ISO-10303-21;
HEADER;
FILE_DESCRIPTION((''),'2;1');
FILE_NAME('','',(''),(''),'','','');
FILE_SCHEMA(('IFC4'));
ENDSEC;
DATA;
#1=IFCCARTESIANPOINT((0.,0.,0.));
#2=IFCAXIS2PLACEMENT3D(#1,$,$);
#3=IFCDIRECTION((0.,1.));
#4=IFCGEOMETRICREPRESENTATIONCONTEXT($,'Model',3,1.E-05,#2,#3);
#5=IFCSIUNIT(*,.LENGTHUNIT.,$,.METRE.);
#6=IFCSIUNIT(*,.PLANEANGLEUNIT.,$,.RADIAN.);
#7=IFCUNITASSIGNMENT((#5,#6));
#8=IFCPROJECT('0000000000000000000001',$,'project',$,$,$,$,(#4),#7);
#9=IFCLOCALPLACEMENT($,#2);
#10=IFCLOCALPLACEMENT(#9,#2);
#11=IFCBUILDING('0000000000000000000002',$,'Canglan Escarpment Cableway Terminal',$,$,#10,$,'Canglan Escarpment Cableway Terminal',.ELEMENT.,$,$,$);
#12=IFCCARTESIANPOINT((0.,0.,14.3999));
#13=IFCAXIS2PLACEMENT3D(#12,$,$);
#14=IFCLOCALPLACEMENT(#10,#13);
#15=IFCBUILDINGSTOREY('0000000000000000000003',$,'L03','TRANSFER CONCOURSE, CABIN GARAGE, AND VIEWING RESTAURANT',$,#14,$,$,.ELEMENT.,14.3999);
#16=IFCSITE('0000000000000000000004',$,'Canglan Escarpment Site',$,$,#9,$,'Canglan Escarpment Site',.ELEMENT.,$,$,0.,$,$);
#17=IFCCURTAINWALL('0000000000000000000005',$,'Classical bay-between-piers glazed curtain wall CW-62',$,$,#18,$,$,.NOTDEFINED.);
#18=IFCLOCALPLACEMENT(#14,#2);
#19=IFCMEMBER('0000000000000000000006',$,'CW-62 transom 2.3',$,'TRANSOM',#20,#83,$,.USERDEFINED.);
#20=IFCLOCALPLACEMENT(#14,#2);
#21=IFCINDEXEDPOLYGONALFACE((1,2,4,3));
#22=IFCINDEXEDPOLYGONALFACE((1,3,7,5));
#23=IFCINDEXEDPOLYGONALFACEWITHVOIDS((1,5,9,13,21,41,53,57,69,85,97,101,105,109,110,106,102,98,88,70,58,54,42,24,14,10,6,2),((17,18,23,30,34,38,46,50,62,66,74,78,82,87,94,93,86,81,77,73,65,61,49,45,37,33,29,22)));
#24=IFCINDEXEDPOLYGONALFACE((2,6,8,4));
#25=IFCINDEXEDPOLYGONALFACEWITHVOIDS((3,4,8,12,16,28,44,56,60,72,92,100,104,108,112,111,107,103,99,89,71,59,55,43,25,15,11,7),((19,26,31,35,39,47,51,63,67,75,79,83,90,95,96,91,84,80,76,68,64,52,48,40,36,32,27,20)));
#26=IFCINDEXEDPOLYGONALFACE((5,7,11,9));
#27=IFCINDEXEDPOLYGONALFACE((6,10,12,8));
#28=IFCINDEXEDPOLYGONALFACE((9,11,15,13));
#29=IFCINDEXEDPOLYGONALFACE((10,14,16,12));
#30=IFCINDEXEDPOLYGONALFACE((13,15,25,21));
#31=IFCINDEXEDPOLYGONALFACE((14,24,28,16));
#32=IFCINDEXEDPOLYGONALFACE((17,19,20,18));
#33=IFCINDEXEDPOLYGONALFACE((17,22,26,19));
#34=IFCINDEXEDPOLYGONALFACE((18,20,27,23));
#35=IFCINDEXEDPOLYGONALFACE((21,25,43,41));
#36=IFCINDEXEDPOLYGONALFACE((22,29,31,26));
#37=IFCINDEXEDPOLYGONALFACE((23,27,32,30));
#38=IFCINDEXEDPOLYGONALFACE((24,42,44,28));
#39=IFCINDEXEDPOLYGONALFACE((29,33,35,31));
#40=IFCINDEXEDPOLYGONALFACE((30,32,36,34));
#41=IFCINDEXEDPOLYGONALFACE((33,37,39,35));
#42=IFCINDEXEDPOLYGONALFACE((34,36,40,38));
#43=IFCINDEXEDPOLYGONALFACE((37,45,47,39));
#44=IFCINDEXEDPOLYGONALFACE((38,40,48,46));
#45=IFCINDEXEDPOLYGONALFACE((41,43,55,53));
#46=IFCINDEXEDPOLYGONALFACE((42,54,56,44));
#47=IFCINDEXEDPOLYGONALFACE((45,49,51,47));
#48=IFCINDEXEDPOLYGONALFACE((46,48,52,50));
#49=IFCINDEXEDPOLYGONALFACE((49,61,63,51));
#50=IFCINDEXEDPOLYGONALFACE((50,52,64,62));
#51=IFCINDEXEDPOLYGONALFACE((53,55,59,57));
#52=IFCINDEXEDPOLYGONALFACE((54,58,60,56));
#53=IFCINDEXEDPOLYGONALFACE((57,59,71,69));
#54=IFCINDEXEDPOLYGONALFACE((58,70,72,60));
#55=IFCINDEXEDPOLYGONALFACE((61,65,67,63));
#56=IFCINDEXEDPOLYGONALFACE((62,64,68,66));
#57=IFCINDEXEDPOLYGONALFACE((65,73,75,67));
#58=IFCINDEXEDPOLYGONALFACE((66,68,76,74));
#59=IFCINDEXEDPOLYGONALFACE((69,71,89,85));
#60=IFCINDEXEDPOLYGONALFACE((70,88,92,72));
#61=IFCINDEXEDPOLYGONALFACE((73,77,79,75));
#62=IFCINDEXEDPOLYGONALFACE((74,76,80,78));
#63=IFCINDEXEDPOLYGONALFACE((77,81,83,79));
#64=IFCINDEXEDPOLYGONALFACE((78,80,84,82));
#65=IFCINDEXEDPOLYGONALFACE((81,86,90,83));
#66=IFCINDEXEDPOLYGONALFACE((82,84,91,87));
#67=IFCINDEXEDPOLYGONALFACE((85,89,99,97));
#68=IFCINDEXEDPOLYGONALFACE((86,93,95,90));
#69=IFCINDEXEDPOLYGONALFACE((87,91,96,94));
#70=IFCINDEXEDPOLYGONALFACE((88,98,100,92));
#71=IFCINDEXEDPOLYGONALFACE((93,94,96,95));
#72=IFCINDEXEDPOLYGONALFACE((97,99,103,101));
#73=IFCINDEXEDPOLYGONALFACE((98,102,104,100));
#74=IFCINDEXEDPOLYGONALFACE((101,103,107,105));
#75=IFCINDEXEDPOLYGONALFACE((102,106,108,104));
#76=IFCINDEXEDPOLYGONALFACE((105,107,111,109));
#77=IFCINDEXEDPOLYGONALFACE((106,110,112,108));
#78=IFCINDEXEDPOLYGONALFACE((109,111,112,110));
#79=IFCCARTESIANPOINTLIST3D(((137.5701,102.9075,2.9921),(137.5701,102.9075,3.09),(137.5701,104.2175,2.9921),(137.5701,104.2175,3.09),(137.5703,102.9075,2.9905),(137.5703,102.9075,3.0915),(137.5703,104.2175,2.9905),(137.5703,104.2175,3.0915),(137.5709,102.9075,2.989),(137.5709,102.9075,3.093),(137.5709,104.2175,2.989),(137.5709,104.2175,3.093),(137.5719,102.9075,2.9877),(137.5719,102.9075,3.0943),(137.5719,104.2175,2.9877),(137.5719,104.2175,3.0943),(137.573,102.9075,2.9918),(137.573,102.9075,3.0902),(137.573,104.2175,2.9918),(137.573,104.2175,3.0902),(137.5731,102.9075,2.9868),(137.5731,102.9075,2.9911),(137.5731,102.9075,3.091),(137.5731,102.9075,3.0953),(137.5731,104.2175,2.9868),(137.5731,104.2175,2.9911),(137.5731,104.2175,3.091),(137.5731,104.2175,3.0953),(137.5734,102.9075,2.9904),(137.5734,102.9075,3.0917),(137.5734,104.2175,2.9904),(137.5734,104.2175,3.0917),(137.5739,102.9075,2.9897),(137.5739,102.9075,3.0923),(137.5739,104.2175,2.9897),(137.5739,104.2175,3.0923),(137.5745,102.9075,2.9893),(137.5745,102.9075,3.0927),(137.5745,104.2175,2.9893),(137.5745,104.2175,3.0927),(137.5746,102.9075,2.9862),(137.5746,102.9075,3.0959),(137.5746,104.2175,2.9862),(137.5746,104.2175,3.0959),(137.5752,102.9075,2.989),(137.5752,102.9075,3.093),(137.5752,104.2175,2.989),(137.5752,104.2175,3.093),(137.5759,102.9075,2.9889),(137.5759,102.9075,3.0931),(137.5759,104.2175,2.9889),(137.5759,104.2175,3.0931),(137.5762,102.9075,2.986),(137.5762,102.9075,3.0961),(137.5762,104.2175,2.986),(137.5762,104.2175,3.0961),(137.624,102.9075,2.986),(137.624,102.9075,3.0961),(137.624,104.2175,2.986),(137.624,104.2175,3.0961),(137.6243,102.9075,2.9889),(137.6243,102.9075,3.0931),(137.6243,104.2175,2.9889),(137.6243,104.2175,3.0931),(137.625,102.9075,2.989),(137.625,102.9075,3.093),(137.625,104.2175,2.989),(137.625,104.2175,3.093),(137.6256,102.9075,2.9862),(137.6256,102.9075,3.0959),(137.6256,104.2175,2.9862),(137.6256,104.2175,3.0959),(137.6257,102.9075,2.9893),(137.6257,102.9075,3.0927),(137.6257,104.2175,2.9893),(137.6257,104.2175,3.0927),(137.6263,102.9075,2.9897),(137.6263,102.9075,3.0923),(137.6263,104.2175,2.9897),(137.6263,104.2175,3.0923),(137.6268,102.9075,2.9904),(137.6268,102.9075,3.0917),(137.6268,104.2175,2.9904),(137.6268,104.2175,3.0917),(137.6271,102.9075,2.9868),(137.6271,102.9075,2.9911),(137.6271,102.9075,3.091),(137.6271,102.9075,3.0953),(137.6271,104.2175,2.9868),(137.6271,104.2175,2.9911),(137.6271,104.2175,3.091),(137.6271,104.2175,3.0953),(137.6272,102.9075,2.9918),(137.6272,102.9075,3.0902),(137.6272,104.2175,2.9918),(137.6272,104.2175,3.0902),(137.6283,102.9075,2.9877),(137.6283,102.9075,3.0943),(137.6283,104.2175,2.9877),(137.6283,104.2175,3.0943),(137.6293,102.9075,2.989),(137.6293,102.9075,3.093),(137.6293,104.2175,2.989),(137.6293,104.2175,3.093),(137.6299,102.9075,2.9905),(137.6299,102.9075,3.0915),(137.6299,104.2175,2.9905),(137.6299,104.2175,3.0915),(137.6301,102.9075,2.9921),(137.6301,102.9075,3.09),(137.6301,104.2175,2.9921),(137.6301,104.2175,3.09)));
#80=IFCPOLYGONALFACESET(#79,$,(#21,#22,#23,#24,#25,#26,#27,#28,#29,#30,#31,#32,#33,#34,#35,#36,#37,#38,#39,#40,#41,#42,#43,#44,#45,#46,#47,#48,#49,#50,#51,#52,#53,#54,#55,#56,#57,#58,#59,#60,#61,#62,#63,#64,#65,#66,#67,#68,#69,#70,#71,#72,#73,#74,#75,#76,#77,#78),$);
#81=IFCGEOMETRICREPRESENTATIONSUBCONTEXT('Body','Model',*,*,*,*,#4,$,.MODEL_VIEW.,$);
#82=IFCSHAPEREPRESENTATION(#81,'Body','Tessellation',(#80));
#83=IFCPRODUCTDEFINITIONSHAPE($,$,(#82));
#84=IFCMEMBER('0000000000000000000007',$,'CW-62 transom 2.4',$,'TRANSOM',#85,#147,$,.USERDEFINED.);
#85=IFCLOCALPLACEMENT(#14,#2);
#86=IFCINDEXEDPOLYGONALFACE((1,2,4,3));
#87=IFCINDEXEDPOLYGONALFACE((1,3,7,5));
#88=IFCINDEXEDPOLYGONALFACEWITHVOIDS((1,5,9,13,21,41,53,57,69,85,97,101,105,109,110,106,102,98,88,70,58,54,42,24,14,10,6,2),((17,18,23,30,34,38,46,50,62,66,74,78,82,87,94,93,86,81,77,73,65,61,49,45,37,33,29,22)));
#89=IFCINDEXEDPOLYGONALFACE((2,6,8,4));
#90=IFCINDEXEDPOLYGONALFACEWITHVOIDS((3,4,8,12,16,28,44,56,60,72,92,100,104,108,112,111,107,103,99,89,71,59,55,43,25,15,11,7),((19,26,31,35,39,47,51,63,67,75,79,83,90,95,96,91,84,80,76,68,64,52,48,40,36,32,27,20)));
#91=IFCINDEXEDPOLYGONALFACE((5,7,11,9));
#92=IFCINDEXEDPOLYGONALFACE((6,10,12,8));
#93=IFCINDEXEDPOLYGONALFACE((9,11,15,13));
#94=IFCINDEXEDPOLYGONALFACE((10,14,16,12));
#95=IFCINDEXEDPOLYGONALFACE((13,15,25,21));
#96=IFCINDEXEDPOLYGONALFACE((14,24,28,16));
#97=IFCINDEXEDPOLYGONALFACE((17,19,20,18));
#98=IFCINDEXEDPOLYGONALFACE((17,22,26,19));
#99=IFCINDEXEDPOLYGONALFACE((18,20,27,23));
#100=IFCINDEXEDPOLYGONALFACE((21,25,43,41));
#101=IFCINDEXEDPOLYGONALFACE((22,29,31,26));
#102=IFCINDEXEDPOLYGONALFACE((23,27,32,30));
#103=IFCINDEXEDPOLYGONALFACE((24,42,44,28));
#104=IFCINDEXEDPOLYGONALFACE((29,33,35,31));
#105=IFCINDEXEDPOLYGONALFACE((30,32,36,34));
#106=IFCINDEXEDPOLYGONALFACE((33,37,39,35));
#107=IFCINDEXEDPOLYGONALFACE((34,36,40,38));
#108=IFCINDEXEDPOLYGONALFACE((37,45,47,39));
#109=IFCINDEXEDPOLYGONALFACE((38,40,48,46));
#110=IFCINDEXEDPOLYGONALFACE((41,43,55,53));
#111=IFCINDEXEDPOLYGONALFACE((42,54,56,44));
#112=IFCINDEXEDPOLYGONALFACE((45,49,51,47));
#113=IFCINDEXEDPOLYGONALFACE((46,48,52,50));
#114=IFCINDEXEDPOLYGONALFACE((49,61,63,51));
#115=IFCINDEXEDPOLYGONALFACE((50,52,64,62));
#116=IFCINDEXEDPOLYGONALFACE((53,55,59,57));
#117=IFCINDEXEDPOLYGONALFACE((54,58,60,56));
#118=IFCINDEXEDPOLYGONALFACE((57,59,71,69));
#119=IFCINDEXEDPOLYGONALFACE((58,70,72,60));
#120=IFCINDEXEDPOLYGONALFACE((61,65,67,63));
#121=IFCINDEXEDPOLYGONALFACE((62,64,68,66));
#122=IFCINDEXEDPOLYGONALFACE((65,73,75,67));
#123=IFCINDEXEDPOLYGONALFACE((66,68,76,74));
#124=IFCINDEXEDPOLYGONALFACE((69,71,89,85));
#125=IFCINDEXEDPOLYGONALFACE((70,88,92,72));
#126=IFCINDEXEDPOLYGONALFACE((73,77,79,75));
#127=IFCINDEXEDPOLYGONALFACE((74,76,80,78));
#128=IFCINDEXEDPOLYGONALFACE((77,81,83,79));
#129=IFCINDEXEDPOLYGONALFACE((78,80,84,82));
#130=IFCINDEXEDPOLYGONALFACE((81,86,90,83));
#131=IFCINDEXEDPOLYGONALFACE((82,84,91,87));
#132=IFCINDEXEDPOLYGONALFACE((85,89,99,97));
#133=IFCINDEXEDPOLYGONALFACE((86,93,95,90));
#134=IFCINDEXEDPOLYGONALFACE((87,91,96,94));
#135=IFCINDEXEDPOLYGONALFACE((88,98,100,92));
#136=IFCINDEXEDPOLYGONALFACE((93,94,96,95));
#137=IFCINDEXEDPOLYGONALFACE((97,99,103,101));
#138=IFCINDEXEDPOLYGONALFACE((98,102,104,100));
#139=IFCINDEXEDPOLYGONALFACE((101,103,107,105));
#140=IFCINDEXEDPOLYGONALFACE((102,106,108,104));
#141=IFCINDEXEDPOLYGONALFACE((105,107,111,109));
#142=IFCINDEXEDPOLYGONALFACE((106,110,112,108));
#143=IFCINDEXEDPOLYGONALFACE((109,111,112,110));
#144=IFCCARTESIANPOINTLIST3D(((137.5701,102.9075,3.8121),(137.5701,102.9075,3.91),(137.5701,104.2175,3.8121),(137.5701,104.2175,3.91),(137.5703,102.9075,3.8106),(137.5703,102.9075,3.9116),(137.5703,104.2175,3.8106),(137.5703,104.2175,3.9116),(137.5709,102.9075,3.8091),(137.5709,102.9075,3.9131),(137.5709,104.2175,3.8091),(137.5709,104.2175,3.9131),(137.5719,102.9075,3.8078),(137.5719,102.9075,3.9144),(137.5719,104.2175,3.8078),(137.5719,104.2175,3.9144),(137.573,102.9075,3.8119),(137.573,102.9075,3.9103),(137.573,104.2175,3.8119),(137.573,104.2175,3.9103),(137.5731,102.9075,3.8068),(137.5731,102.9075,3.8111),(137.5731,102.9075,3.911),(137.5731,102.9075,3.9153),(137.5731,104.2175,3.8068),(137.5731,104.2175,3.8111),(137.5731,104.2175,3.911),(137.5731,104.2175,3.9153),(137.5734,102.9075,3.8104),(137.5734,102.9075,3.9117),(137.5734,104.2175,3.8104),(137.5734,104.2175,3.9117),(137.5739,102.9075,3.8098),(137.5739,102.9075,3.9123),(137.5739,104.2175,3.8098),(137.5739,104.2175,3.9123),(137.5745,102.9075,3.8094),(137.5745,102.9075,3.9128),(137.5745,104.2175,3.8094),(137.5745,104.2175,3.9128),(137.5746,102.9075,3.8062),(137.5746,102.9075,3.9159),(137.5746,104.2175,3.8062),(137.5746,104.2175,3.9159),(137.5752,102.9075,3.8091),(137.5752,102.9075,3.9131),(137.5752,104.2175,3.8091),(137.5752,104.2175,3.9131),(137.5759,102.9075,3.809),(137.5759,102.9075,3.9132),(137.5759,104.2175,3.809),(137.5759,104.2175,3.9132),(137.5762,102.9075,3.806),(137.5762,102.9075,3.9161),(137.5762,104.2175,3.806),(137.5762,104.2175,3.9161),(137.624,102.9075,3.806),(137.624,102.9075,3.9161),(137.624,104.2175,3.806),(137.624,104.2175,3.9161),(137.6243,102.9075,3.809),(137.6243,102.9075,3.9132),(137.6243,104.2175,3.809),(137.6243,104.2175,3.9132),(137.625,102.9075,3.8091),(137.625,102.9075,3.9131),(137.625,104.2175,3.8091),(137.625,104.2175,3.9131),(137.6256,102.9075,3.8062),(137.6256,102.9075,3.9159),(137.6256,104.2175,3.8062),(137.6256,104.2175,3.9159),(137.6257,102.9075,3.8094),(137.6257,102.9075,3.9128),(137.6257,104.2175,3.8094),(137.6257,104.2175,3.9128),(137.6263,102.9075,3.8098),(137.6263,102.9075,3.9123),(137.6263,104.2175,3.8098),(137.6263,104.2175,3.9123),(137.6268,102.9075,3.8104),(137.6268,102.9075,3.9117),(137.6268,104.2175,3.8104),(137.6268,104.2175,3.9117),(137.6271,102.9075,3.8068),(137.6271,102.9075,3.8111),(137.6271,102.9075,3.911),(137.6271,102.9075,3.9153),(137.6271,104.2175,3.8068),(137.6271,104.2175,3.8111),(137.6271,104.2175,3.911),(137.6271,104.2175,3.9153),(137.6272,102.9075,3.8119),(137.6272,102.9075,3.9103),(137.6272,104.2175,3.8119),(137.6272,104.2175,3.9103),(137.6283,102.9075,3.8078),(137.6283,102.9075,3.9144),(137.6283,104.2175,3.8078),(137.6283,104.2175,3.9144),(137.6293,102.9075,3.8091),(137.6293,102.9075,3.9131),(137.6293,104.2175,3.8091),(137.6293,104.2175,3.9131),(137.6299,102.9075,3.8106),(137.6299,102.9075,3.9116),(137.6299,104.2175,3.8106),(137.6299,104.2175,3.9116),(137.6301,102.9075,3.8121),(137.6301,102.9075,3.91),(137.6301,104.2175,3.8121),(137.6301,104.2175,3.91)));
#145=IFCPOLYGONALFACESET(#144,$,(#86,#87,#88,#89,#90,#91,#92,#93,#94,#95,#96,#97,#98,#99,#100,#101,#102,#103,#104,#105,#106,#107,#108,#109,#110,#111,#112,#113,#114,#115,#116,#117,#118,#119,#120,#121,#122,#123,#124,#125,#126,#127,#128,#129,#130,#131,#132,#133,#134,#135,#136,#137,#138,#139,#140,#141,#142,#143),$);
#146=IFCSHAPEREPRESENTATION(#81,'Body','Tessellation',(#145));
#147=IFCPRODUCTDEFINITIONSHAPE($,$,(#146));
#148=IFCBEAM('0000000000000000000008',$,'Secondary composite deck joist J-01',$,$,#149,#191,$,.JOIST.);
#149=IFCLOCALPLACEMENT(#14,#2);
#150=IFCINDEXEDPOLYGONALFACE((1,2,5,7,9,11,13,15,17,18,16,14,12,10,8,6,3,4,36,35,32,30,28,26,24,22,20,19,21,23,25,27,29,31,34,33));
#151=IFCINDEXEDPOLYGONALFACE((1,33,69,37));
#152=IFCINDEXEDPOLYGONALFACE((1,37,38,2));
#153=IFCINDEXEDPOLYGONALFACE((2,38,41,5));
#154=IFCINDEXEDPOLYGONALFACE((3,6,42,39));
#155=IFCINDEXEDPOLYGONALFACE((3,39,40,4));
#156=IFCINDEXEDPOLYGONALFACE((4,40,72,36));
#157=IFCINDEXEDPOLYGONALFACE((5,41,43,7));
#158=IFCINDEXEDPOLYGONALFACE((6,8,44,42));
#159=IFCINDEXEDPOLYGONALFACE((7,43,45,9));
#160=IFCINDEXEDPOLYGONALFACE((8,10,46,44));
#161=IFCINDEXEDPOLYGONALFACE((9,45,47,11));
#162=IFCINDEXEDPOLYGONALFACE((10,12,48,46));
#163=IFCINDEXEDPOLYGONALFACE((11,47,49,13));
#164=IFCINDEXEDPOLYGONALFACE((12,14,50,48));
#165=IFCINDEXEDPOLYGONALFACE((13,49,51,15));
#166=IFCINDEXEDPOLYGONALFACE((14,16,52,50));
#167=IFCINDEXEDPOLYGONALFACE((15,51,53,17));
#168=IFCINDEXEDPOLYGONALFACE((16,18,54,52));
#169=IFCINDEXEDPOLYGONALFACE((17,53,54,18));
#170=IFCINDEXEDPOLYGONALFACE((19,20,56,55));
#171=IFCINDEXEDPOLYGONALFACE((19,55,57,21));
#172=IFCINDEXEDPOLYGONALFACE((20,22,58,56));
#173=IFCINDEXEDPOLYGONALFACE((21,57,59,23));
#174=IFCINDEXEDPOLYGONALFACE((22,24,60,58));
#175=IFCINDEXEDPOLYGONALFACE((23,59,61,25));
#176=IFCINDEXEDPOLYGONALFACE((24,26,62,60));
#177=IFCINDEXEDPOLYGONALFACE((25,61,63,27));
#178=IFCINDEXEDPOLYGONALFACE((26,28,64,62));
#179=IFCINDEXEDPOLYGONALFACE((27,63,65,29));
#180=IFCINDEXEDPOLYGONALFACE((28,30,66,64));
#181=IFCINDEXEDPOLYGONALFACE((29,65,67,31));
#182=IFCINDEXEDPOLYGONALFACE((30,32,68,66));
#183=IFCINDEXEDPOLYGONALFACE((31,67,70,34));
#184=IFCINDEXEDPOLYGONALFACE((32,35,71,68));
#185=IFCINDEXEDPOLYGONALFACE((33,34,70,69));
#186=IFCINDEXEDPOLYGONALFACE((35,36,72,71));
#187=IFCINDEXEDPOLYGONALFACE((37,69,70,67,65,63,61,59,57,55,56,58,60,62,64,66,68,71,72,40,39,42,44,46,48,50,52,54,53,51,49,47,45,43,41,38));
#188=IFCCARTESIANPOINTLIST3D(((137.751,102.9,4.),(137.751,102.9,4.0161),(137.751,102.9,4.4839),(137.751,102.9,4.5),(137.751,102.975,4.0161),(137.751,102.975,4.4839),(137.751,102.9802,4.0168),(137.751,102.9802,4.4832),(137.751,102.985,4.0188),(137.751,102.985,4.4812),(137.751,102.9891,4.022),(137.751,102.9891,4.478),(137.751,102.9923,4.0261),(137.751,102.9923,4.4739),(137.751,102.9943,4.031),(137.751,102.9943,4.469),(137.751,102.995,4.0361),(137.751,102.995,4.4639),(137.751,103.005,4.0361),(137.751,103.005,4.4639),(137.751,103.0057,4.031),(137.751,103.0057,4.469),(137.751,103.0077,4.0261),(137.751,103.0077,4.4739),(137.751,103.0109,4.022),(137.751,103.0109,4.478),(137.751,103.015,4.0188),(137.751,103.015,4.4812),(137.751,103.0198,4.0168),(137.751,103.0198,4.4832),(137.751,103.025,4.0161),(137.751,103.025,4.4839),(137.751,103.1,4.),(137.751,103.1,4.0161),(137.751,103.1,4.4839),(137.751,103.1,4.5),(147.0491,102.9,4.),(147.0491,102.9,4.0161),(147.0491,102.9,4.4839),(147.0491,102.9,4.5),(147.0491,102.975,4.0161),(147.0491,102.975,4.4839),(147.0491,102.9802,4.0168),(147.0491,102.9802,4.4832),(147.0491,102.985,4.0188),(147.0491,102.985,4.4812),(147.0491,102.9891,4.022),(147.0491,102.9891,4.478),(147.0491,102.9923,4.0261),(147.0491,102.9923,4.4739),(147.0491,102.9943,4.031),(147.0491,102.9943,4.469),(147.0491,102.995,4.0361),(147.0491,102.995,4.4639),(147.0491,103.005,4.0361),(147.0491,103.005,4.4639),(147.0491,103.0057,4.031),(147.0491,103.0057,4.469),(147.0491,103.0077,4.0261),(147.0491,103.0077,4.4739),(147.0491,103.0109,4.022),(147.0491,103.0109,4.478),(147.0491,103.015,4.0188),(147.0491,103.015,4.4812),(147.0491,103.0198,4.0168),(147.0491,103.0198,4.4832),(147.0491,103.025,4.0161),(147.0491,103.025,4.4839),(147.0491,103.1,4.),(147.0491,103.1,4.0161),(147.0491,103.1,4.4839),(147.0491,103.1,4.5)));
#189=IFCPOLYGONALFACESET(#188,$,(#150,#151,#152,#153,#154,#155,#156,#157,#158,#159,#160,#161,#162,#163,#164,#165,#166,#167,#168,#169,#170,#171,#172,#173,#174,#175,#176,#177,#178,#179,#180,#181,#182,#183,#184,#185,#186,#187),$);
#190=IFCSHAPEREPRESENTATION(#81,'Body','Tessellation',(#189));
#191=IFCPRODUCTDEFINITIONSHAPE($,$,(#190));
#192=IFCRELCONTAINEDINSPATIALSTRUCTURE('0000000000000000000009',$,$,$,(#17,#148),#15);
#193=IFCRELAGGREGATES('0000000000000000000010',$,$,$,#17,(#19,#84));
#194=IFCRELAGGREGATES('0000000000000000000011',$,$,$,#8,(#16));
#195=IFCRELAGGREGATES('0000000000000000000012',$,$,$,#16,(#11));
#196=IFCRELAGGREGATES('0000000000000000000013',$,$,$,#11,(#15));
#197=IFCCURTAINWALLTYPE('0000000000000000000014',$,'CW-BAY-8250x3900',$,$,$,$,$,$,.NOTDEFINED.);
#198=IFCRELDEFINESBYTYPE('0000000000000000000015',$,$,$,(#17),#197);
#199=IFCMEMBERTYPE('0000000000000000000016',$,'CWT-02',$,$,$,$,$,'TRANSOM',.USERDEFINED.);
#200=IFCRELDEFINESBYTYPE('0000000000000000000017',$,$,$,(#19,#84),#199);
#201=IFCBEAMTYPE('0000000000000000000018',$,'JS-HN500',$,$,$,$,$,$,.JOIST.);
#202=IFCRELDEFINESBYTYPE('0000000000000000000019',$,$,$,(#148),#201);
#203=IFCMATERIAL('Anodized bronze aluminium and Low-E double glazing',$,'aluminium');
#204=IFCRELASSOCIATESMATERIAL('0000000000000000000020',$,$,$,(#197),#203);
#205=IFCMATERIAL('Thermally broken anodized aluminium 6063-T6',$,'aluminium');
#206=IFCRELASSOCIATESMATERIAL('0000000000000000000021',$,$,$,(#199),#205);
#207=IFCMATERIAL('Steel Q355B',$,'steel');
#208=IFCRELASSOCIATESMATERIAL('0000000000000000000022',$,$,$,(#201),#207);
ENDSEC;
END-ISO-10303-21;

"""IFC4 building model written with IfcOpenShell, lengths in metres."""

from ifc_helpers import new_model, si_unit, direction, frame, origin, origin_2d, place, context, subcontext, project, spatial, hollow_rectangle, i_section, extrude, material, material_profile, profile_set, type_object, element, aggregate, save


model = new_model("IFC4")

# Units and contexts
model_context = context("Model", 3, precision=1e-05, world=origin(), true_north=direction((0.0, 1.0)))
body_context = subcontext(model_context, "Body", "Model", "MODEL_VIEW")
ifc_project = project(units=[si_unit("LENGTHUNIT", "METRE"), si_unit("PLANEANGLEUNIT", "RADIAN")], contexts=[model_context])

# Site, building, storey
site_placement = place(None, origin())
site = spatial("IfcSite", under=ifc_project, at=site_placement, Name="Canglan Escarpment Site", LongName="Canglan Escarpment Site", CompositionType="ELEMENT", RefElevation=0.0)
building_placement = place(site_placement, origin())
building = spatial("IfcBuilding", under=site, at=building_placement, Name="Canglan Escarpment Cableway Terminal", LongName="Canglan Escarpment Cableway Terminal", CompositionType="ELEMENT")
storey_placement = place(building_placement, frame((0.0, 0.0, 14.3999)))
storey = spatial("IfcBuildingStorey", under=building, at=storey_placement, Name="L03", Description="TRANSFER CONCOURSE, CABIN GARAGE, AND VIEWING RESTAURANT", CompositionType="ELEMENT", Elevation=14.3999)

# Curtain wall
ifc_material_1 = material(Name="Anodized bronze aluminium and Low-E double glazing", Category="aluminium")
curtain_wall_type = type_object("IfcCurtainWallType", Name="CW-BAY-8250x3900", PredefinedType="NOTDEFINED", material=ifc_material_1)
curtain_wall_1_placement = place(storey_placement, origin())
curtain_wall_1 = element("IfcCurtainWall", 1, at=curtain_wall_1_placement, inside=storey, type_object=curtain_wall_type, Name="Classical bay-between-piers glazed curtain wall CW-62", PredefinedType="NOTDEFINED")
ifc_material_2 = material(Name="Thermally broken anodized aluminium 6063-T6", Category="aluminium")

# Members
ifc_material_profile_1 = material_profile(ifc_material_2, hollow_rectangle(XDim=0.0601, YDim=0.1101, WallThickness=0.0029, InnerFilletRadius=0.0029, OuterFilletRadius=0.0061, at=origin_2d()), Name="ALU-TRAN 60x110x3")
ifc_profile_set_1 = profile_set([ifc_material_profile_1], Name="Thermally broken anodized aluminium 6063-T6")
member_type_1 = type_object("IfcMemberType", Name="CWT-02", ElementType="TRANSOM", PredefinedType="USERDEFINED", material=ifc_profile_set_1)
member_1_placement = place(storey_placement, frame((137.6001, 104.2175, 3.041), z_axis=(0.0, -1.0, 0.0), x_axis=(1.0, 0.0, 0.0)))
member_1 = element("IfcMember", 2, at=member_1_placement, type_object=member_type_1, Name="CW-62 transom 2.3", ObjectType="TRANSOM", PredefinedType="USERDEFINED", context=body_context, shape_type="SweptSolid", body=[
    extrude(hollow_rectangle(XDim=0.0601, YDim=0.1101, WallThickness=0.0029, InnerFilletRadius=0.0029, OuterFilletRadius=0.0061, at=origin_2d()), origin(), (0.0, 0.0, 1.0), 1.3101),
])
member_2_placement = place(storey_placement, frame((137.6001, 104.2175, 3.8611), z_axis=(0.0, -1.0, 0.0), x_axis=(1.0, 0.0, 0.0)))
member_2 = element("IfcMember", 3, at=member_2_placement, type_object=member_type_1, Name="CW-62 transom 2.4", ObjectType="TRANSOM", PredefinedType="USERDEFINED", context=body_context, shape_type="SweptSolid", body=[
    extrude(hollow_rectangle(XDim=0.0601, YDim=0.1101, WallThickness=0.0029, InnerFilletRadius=0.0029, OuterFilletRadius=0.0061, at=origin_2d()), origin(), (0.0, 0.0, 1.0), 1.3101),
])

# Beam
ifc_material_3 = material(Name="Steel Q355B", Category="steel")
ifc_material_profile_2 = material_profile(ifc_material_3, i_section(OverallWidth=0.2, OverallDepth=0.5, WebThickness=0.01, FlangeThickness=0.0161, FilletRadius=0.02, at=origin_2d()), Name="HN 500x200x10x16")
ifc_profile_set_2 = profile_set([ifc_material_profile_2], Name="Steel Q355B")
beam_type_1 = type_object("IfcBeamType", Name="JS-HN500", PredefinedType="JOIST", material=ifc_profile_set_2)
beam_1_placement = place(storey_placement, frame((137.751, 103.0, 4.25), z_axis=(1.0, 0.0, 0.0), x_axis=(0.0, 1.0, 0.0)))
element("IfcBeam", 4, at=beam_1_placement, inside=storey, type_object=beam_type_1, Name="Secondary composite deck joist J-01", PredefinedType="JOIST", context=body_context, shape_type="SweptSolid", body=[
    extrude(i_section(OverallWidth=0.2, OverallDepth=0.5, WebThickness=0.01, FlangeThickness=0.0161, FilletRadius=0.02, at=origin_2d()), origin(), (0.0, 0.0, 1.0), 9.2981),
])

aggregate(curtain_wall_1, [member_1, member_2])

save(model, "model.ifc")
